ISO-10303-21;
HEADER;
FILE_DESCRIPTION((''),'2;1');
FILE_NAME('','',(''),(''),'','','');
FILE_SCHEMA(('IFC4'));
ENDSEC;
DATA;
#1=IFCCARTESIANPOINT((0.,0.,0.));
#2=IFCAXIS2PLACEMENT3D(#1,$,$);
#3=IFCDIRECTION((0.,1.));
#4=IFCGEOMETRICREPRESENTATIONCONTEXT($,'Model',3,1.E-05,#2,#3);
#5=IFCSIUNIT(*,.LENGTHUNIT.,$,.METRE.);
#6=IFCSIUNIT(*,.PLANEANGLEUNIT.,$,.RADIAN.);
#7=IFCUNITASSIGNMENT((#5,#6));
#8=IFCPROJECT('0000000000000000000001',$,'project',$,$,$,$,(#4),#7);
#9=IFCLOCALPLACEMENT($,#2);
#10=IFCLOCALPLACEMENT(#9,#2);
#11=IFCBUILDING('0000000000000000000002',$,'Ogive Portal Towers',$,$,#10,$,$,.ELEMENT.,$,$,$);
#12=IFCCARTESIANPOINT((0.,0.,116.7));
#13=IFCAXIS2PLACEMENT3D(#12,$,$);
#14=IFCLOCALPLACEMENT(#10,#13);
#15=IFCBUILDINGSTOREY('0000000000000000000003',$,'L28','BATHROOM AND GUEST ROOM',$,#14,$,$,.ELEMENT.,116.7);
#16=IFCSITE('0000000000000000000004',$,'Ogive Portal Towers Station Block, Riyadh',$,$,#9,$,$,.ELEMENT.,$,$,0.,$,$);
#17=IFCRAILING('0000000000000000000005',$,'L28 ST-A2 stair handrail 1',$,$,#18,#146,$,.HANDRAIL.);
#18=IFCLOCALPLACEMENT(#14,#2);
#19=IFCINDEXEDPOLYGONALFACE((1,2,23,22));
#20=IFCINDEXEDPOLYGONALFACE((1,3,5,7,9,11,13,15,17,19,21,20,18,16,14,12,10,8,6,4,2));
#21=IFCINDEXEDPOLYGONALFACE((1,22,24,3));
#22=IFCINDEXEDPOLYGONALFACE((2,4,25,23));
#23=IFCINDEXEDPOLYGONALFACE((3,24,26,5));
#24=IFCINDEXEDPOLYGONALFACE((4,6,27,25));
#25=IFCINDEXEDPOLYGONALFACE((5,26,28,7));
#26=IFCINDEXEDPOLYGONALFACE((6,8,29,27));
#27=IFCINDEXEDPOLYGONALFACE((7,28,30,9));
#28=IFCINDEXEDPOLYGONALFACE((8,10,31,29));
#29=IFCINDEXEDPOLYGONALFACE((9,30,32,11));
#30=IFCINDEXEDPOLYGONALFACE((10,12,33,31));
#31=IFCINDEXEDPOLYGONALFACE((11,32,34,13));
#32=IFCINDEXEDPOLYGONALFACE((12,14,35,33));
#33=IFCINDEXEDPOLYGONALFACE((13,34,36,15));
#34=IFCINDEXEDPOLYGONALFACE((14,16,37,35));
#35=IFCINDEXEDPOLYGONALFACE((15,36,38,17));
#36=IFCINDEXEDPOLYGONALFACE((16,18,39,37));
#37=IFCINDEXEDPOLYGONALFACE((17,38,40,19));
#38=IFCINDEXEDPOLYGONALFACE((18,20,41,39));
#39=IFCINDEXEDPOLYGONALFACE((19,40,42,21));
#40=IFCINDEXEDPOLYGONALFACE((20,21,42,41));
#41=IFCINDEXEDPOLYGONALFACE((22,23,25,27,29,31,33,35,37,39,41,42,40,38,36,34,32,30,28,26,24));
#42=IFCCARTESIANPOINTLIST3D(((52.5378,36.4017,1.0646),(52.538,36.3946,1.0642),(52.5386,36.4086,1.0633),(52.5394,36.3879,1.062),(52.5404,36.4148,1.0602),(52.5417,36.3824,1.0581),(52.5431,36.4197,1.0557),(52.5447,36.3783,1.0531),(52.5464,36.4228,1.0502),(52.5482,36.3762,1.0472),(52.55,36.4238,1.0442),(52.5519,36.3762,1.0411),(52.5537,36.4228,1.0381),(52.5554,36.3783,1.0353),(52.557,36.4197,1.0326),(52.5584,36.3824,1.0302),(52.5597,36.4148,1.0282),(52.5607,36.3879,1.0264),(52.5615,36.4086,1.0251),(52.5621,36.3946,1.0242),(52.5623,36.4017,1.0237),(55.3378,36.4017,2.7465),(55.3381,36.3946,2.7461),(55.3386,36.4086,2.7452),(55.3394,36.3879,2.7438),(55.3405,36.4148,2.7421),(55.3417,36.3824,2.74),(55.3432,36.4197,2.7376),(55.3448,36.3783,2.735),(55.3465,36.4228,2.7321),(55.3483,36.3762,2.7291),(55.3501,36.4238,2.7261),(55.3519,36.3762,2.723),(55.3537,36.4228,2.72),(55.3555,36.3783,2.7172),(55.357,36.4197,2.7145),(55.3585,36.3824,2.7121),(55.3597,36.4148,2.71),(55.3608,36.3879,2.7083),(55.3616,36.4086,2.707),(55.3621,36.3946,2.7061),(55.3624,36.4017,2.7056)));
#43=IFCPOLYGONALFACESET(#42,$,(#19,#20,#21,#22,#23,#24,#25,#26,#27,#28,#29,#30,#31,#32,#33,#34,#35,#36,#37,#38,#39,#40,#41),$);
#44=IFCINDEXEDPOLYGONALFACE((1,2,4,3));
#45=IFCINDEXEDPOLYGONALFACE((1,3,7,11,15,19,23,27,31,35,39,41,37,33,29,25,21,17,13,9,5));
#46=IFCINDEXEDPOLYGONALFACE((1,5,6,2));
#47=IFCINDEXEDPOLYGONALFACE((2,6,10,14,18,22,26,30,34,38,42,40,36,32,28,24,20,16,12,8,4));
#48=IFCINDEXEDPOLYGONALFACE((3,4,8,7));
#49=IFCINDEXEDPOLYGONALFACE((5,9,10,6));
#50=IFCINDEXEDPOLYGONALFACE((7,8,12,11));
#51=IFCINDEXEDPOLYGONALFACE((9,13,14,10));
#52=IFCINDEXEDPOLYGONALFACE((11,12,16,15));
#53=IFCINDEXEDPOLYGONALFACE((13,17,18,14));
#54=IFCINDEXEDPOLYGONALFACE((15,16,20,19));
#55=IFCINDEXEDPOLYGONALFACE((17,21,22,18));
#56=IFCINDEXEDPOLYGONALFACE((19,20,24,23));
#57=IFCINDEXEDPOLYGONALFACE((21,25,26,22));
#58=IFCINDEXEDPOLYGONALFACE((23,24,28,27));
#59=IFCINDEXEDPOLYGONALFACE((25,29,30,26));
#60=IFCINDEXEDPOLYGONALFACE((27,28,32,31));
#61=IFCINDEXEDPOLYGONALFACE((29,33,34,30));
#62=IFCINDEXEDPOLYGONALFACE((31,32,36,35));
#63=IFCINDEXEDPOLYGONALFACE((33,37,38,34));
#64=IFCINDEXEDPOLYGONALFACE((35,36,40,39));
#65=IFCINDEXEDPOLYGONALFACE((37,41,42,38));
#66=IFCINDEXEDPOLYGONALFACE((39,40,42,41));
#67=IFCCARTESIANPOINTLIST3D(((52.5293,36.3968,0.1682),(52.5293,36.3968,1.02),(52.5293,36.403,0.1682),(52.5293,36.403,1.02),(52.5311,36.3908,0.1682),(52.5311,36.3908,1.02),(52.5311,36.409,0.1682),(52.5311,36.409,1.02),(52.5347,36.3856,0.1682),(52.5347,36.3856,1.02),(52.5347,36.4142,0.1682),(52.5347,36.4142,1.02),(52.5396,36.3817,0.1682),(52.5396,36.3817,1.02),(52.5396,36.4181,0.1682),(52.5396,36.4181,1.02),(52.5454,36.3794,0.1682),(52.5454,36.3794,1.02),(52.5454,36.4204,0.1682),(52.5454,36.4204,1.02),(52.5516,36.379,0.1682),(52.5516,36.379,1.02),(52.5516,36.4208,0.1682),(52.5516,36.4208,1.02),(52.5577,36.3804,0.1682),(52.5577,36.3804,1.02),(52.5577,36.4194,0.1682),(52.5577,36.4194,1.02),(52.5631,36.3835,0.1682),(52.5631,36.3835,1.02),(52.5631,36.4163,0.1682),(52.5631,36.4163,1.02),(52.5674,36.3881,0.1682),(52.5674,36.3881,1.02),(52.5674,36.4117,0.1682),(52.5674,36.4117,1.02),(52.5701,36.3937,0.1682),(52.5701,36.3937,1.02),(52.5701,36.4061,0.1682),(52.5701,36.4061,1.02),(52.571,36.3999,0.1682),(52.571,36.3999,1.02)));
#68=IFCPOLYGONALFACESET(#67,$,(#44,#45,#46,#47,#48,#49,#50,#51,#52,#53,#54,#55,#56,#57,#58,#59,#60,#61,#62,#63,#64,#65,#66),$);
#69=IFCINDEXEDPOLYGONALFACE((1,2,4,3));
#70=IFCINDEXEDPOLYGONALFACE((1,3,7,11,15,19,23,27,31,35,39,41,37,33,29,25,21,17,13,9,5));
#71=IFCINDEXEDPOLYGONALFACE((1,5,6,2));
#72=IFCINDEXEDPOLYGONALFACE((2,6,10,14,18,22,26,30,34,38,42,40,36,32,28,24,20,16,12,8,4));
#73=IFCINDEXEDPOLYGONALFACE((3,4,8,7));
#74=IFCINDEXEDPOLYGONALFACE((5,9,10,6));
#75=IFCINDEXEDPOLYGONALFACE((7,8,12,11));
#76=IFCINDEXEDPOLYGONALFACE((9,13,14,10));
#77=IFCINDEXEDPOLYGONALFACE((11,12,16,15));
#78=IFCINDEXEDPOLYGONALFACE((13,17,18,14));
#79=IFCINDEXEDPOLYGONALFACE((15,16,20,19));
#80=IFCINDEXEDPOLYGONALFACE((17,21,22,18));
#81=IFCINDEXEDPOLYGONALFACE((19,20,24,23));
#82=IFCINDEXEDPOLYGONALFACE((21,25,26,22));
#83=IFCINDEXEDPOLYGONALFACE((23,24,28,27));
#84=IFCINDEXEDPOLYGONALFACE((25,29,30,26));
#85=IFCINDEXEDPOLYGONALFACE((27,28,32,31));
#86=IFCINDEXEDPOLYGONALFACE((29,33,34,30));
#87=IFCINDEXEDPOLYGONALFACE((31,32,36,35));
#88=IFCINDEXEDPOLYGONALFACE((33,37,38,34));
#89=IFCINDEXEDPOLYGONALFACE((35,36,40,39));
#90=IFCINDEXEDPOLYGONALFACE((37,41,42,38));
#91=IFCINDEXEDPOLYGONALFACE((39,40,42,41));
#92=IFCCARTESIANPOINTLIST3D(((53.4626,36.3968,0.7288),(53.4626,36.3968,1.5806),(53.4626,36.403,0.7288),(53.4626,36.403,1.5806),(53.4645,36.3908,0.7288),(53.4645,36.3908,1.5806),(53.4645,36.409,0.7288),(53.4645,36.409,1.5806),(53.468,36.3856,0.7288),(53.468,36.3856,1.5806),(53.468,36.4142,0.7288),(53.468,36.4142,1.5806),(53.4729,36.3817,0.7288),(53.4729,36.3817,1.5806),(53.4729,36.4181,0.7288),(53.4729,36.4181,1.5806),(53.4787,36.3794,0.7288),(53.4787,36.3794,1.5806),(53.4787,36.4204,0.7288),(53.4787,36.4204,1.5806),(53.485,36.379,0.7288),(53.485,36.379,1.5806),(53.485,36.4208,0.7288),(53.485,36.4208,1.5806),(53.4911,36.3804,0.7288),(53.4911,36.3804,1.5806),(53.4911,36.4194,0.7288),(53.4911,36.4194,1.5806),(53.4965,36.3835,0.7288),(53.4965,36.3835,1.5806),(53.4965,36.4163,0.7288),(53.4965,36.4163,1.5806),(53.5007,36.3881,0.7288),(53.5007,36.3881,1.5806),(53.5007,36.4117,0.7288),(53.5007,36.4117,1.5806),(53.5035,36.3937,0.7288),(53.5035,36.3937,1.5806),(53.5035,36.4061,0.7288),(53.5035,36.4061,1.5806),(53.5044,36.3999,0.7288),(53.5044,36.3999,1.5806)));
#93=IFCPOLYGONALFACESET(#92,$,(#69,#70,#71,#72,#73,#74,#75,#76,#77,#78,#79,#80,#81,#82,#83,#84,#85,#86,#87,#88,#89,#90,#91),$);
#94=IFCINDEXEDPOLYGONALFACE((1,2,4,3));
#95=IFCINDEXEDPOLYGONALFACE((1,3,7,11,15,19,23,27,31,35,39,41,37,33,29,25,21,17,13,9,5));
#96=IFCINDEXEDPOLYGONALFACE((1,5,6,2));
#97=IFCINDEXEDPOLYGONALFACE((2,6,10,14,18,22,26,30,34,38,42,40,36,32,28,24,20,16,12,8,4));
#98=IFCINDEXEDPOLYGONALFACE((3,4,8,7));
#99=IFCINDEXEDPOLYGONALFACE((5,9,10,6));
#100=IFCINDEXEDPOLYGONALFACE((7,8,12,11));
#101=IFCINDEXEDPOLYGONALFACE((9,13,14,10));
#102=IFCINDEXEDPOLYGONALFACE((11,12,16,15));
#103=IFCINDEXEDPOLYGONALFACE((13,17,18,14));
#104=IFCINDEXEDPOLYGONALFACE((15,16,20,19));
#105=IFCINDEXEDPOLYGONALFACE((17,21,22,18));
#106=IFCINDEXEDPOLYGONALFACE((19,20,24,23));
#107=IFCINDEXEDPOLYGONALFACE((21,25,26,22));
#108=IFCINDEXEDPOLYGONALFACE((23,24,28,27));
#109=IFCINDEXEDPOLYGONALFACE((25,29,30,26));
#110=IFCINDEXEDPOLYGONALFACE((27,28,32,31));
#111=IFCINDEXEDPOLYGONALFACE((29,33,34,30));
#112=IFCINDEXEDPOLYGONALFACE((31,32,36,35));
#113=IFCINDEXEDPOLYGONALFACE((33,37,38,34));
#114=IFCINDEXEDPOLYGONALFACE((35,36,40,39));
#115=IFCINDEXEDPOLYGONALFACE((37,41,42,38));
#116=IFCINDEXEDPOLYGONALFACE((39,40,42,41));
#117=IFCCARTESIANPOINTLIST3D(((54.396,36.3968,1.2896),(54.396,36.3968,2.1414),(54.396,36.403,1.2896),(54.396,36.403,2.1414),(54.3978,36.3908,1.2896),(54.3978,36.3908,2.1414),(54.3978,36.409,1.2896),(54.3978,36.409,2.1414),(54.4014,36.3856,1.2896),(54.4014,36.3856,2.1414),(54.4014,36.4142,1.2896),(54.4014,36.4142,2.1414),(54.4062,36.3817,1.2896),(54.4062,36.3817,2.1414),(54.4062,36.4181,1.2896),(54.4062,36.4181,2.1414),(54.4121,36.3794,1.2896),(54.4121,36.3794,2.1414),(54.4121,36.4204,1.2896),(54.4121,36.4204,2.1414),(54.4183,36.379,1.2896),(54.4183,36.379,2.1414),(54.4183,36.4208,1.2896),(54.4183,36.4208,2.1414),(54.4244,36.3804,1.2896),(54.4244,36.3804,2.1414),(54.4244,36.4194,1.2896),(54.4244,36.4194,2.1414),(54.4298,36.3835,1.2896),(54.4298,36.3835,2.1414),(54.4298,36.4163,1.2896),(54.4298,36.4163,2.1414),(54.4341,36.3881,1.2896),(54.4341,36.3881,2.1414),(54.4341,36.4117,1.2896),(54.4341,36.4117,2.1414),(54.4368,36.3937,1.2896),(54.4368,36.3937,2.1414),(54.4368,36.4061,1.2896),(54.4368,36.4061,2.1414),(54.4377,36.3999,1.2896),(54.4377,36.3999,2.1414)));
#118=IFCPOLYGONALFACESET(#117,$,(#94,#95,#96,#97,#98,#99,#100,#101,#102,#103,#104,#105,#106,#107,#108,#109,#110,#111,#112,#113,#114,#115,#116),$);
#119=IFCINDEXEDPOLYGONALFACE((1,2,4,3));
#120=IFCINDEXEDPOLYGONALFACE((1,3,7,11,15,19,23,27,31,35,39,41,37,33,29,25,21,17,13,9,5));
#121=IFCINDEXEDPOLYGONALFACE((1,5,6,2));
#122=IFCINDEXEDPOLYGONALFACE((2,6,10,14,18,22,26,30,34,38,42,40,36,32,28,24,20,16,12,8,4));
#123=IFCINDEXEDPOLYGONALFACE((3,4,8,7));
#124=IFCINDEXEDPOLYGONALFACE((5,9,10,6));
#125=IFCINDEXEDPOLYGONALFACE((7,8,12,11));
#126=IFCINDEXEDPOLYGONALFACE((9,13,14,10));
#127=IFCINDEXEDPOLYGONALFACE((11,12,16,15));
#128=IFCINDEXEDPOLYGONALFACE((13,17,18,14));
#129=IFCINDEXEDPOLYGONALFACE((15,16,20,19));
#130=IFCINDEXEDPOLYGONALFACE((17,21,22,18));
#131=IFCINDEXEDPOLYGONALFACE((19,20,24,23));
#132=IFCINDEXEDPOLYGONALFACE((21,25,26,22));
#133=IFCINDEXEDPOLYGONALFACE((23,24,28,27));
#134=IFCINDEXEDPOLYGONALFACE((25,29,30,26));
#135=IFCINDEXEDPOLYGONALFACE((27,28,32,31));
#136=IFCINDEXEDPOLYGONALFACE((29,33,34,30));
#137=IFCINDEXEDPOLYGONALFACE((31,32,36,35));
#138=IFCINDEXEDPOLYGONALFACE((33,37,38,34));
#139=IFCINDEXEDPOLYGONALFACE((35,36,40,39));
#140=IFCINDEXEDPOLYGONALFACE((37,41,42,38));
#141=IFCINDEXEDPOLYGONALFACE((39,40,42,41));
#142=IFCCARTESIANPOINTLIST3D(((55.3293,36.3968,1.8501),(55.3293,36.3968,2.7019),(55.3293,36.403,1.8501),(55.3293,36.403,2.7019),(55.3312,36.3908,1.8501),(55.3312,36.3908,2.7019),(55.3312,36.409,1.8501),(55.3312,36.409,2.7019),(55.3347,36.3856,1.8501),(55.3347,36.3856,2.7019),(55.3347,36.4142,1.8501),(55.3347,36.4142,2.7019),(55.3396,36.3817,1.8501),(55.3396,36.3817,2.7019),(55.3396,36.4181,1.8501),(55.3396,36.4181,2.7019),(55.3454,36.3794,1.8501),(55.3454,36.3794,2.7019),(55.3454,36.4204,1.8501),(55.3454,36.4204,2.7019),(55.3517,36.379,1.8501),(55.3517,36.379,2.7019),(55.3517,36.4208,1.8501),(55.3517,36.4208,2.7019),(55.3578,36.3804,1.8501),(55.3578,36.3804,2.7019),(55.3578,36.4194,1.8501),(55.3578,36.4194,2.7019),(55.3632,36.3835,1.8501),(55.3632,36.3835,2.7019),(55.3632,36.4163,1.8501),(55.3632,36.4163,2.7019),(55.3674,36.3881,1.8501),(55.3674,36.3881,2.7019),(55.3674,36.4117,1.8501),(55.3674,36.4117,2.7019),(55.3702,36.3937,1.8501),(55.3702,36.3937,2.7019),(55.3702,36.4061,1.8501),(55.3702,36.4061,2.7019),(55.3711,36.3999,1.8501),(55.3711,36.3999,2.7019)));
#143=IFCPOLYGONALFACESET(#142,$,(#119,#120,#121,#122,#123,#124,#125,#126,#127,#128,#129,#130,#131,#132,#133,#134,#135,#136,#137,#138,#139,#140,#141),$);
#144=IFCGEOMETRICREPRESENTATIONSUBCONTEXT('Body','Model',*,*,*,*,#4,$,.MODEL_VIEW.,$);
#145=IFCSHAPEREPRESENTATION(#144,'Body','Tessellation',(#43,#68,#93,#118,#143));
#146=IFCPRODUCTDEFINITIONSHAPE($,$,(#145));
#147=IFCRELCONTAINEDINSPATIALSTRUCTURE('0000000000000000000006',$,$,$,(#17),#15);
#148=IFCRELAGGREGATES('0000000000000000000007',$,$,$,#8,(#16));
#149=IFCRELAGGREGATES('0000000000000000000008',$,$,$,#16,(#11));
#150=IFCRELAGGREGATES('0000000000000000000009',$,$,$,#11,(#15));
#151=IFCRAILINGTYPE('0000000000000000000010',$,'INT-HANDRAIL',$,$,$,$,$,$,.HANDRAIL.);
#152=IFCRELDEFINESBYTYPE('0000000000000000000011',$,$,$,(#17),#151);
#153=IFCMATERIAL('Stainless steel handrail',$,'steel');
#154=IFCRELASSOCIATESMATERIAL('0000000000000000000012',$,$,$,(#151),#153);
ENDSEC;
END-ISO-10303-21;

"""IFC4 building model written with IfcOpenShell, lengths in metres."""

from ifc_helpers import new_model, si_unit, direction, frame, origin, origin_2d, place, context, subcontext, project, spatial, circle, extrude, material, type_object, element, save


model = new_model("IFC4")

# Units and contexts
model_context = context("Model", 3, precision=1e-05, world=origin(), true_north=direction((0.0, 1.0)))
body_context = subcontext(model_context, "Body", "Model", "MODEL_VIEW")
ifc_project = project(units=[si_unit("LENGTHUNIT", "METRE"), si_unit("PLANEANGLEUNIT", "RADIAN")], contexts=[model_context])

# Site, building, storey
site_placement = place(None, origin())
site = spatial("IfcSite", under=ifc_project, at=site_placement, Name="Ogive Portal Towers Station Block, Riyadh", CompositionType="ELEMENT", RefElevation=0.0)
building_placement = place(site_placement, origin())
building = spatial("IfcBuilding", under=site, at=building_placement, Name="Ogive Portal Towers", CompositionType="ELEMENT")
storey_placement = place(building_placement, frame((0.0, 0.0, 116.7)))
storey = spatial("IfcBuildingStorey", under=building, at=storey_placement, Name="L28", Description="BATHROOM AND GUEST ROOM", CompositionType="ELEMENT", Elevation=116.7)

# Railing
ifc_material_1 = material(Name="Stainless steel handrail", Category="steel")
railing_type_1 = type_object("IfcRailingType", Name="INT-HANDRAIL", PredefinedType="HANDRAIL", material=ifc_material_1)
railing_1_placement = place(storey_placement, frame((52.55, 36.3999, 0.1682)))
element("IfcRailing", 1, at=railing_1_placement, inside=storey, type_object=railing_type_1, Name="L28 ST-A2 stair handrail 1", PredefinedType="HANDRAIL", context=body_context, shape_type="SweptSolid", body=[
    extrude(circle(Radius=0.0239, at=origin_2d()), frame((0.0, 0.0, 0.876), z_axis=(0.857242, 0.0, 0.514913), x_axis=(0.0, 1.0, 0.0)), (0.0, 0.0, 1.0), 3.2664),
    extrude(circle(Radius=0.021, at=origin_2d()), origin(), (0.0, 0.0, 1.0), 0.8518),
    extrude(circle(Radius=0.021, at=origin_2d()), frame((0.9333, 0.0, 0.5605)), (0.0, 0.0, 1.0), 0.8518),
    extrude(circle(Radius=0.021, at=origin_2d()), frame((1.8667, 0.0, 1.1213)), (0.0, 0.0, 1.0), 0.8518),
    extrude(circle(Radius=0.021, at=origin_2d()), frame((2.8, 0.0, 1.6819)), (0.0, 0.0, 1.0), 0.8518),
])

save(model, "model.ifc")
